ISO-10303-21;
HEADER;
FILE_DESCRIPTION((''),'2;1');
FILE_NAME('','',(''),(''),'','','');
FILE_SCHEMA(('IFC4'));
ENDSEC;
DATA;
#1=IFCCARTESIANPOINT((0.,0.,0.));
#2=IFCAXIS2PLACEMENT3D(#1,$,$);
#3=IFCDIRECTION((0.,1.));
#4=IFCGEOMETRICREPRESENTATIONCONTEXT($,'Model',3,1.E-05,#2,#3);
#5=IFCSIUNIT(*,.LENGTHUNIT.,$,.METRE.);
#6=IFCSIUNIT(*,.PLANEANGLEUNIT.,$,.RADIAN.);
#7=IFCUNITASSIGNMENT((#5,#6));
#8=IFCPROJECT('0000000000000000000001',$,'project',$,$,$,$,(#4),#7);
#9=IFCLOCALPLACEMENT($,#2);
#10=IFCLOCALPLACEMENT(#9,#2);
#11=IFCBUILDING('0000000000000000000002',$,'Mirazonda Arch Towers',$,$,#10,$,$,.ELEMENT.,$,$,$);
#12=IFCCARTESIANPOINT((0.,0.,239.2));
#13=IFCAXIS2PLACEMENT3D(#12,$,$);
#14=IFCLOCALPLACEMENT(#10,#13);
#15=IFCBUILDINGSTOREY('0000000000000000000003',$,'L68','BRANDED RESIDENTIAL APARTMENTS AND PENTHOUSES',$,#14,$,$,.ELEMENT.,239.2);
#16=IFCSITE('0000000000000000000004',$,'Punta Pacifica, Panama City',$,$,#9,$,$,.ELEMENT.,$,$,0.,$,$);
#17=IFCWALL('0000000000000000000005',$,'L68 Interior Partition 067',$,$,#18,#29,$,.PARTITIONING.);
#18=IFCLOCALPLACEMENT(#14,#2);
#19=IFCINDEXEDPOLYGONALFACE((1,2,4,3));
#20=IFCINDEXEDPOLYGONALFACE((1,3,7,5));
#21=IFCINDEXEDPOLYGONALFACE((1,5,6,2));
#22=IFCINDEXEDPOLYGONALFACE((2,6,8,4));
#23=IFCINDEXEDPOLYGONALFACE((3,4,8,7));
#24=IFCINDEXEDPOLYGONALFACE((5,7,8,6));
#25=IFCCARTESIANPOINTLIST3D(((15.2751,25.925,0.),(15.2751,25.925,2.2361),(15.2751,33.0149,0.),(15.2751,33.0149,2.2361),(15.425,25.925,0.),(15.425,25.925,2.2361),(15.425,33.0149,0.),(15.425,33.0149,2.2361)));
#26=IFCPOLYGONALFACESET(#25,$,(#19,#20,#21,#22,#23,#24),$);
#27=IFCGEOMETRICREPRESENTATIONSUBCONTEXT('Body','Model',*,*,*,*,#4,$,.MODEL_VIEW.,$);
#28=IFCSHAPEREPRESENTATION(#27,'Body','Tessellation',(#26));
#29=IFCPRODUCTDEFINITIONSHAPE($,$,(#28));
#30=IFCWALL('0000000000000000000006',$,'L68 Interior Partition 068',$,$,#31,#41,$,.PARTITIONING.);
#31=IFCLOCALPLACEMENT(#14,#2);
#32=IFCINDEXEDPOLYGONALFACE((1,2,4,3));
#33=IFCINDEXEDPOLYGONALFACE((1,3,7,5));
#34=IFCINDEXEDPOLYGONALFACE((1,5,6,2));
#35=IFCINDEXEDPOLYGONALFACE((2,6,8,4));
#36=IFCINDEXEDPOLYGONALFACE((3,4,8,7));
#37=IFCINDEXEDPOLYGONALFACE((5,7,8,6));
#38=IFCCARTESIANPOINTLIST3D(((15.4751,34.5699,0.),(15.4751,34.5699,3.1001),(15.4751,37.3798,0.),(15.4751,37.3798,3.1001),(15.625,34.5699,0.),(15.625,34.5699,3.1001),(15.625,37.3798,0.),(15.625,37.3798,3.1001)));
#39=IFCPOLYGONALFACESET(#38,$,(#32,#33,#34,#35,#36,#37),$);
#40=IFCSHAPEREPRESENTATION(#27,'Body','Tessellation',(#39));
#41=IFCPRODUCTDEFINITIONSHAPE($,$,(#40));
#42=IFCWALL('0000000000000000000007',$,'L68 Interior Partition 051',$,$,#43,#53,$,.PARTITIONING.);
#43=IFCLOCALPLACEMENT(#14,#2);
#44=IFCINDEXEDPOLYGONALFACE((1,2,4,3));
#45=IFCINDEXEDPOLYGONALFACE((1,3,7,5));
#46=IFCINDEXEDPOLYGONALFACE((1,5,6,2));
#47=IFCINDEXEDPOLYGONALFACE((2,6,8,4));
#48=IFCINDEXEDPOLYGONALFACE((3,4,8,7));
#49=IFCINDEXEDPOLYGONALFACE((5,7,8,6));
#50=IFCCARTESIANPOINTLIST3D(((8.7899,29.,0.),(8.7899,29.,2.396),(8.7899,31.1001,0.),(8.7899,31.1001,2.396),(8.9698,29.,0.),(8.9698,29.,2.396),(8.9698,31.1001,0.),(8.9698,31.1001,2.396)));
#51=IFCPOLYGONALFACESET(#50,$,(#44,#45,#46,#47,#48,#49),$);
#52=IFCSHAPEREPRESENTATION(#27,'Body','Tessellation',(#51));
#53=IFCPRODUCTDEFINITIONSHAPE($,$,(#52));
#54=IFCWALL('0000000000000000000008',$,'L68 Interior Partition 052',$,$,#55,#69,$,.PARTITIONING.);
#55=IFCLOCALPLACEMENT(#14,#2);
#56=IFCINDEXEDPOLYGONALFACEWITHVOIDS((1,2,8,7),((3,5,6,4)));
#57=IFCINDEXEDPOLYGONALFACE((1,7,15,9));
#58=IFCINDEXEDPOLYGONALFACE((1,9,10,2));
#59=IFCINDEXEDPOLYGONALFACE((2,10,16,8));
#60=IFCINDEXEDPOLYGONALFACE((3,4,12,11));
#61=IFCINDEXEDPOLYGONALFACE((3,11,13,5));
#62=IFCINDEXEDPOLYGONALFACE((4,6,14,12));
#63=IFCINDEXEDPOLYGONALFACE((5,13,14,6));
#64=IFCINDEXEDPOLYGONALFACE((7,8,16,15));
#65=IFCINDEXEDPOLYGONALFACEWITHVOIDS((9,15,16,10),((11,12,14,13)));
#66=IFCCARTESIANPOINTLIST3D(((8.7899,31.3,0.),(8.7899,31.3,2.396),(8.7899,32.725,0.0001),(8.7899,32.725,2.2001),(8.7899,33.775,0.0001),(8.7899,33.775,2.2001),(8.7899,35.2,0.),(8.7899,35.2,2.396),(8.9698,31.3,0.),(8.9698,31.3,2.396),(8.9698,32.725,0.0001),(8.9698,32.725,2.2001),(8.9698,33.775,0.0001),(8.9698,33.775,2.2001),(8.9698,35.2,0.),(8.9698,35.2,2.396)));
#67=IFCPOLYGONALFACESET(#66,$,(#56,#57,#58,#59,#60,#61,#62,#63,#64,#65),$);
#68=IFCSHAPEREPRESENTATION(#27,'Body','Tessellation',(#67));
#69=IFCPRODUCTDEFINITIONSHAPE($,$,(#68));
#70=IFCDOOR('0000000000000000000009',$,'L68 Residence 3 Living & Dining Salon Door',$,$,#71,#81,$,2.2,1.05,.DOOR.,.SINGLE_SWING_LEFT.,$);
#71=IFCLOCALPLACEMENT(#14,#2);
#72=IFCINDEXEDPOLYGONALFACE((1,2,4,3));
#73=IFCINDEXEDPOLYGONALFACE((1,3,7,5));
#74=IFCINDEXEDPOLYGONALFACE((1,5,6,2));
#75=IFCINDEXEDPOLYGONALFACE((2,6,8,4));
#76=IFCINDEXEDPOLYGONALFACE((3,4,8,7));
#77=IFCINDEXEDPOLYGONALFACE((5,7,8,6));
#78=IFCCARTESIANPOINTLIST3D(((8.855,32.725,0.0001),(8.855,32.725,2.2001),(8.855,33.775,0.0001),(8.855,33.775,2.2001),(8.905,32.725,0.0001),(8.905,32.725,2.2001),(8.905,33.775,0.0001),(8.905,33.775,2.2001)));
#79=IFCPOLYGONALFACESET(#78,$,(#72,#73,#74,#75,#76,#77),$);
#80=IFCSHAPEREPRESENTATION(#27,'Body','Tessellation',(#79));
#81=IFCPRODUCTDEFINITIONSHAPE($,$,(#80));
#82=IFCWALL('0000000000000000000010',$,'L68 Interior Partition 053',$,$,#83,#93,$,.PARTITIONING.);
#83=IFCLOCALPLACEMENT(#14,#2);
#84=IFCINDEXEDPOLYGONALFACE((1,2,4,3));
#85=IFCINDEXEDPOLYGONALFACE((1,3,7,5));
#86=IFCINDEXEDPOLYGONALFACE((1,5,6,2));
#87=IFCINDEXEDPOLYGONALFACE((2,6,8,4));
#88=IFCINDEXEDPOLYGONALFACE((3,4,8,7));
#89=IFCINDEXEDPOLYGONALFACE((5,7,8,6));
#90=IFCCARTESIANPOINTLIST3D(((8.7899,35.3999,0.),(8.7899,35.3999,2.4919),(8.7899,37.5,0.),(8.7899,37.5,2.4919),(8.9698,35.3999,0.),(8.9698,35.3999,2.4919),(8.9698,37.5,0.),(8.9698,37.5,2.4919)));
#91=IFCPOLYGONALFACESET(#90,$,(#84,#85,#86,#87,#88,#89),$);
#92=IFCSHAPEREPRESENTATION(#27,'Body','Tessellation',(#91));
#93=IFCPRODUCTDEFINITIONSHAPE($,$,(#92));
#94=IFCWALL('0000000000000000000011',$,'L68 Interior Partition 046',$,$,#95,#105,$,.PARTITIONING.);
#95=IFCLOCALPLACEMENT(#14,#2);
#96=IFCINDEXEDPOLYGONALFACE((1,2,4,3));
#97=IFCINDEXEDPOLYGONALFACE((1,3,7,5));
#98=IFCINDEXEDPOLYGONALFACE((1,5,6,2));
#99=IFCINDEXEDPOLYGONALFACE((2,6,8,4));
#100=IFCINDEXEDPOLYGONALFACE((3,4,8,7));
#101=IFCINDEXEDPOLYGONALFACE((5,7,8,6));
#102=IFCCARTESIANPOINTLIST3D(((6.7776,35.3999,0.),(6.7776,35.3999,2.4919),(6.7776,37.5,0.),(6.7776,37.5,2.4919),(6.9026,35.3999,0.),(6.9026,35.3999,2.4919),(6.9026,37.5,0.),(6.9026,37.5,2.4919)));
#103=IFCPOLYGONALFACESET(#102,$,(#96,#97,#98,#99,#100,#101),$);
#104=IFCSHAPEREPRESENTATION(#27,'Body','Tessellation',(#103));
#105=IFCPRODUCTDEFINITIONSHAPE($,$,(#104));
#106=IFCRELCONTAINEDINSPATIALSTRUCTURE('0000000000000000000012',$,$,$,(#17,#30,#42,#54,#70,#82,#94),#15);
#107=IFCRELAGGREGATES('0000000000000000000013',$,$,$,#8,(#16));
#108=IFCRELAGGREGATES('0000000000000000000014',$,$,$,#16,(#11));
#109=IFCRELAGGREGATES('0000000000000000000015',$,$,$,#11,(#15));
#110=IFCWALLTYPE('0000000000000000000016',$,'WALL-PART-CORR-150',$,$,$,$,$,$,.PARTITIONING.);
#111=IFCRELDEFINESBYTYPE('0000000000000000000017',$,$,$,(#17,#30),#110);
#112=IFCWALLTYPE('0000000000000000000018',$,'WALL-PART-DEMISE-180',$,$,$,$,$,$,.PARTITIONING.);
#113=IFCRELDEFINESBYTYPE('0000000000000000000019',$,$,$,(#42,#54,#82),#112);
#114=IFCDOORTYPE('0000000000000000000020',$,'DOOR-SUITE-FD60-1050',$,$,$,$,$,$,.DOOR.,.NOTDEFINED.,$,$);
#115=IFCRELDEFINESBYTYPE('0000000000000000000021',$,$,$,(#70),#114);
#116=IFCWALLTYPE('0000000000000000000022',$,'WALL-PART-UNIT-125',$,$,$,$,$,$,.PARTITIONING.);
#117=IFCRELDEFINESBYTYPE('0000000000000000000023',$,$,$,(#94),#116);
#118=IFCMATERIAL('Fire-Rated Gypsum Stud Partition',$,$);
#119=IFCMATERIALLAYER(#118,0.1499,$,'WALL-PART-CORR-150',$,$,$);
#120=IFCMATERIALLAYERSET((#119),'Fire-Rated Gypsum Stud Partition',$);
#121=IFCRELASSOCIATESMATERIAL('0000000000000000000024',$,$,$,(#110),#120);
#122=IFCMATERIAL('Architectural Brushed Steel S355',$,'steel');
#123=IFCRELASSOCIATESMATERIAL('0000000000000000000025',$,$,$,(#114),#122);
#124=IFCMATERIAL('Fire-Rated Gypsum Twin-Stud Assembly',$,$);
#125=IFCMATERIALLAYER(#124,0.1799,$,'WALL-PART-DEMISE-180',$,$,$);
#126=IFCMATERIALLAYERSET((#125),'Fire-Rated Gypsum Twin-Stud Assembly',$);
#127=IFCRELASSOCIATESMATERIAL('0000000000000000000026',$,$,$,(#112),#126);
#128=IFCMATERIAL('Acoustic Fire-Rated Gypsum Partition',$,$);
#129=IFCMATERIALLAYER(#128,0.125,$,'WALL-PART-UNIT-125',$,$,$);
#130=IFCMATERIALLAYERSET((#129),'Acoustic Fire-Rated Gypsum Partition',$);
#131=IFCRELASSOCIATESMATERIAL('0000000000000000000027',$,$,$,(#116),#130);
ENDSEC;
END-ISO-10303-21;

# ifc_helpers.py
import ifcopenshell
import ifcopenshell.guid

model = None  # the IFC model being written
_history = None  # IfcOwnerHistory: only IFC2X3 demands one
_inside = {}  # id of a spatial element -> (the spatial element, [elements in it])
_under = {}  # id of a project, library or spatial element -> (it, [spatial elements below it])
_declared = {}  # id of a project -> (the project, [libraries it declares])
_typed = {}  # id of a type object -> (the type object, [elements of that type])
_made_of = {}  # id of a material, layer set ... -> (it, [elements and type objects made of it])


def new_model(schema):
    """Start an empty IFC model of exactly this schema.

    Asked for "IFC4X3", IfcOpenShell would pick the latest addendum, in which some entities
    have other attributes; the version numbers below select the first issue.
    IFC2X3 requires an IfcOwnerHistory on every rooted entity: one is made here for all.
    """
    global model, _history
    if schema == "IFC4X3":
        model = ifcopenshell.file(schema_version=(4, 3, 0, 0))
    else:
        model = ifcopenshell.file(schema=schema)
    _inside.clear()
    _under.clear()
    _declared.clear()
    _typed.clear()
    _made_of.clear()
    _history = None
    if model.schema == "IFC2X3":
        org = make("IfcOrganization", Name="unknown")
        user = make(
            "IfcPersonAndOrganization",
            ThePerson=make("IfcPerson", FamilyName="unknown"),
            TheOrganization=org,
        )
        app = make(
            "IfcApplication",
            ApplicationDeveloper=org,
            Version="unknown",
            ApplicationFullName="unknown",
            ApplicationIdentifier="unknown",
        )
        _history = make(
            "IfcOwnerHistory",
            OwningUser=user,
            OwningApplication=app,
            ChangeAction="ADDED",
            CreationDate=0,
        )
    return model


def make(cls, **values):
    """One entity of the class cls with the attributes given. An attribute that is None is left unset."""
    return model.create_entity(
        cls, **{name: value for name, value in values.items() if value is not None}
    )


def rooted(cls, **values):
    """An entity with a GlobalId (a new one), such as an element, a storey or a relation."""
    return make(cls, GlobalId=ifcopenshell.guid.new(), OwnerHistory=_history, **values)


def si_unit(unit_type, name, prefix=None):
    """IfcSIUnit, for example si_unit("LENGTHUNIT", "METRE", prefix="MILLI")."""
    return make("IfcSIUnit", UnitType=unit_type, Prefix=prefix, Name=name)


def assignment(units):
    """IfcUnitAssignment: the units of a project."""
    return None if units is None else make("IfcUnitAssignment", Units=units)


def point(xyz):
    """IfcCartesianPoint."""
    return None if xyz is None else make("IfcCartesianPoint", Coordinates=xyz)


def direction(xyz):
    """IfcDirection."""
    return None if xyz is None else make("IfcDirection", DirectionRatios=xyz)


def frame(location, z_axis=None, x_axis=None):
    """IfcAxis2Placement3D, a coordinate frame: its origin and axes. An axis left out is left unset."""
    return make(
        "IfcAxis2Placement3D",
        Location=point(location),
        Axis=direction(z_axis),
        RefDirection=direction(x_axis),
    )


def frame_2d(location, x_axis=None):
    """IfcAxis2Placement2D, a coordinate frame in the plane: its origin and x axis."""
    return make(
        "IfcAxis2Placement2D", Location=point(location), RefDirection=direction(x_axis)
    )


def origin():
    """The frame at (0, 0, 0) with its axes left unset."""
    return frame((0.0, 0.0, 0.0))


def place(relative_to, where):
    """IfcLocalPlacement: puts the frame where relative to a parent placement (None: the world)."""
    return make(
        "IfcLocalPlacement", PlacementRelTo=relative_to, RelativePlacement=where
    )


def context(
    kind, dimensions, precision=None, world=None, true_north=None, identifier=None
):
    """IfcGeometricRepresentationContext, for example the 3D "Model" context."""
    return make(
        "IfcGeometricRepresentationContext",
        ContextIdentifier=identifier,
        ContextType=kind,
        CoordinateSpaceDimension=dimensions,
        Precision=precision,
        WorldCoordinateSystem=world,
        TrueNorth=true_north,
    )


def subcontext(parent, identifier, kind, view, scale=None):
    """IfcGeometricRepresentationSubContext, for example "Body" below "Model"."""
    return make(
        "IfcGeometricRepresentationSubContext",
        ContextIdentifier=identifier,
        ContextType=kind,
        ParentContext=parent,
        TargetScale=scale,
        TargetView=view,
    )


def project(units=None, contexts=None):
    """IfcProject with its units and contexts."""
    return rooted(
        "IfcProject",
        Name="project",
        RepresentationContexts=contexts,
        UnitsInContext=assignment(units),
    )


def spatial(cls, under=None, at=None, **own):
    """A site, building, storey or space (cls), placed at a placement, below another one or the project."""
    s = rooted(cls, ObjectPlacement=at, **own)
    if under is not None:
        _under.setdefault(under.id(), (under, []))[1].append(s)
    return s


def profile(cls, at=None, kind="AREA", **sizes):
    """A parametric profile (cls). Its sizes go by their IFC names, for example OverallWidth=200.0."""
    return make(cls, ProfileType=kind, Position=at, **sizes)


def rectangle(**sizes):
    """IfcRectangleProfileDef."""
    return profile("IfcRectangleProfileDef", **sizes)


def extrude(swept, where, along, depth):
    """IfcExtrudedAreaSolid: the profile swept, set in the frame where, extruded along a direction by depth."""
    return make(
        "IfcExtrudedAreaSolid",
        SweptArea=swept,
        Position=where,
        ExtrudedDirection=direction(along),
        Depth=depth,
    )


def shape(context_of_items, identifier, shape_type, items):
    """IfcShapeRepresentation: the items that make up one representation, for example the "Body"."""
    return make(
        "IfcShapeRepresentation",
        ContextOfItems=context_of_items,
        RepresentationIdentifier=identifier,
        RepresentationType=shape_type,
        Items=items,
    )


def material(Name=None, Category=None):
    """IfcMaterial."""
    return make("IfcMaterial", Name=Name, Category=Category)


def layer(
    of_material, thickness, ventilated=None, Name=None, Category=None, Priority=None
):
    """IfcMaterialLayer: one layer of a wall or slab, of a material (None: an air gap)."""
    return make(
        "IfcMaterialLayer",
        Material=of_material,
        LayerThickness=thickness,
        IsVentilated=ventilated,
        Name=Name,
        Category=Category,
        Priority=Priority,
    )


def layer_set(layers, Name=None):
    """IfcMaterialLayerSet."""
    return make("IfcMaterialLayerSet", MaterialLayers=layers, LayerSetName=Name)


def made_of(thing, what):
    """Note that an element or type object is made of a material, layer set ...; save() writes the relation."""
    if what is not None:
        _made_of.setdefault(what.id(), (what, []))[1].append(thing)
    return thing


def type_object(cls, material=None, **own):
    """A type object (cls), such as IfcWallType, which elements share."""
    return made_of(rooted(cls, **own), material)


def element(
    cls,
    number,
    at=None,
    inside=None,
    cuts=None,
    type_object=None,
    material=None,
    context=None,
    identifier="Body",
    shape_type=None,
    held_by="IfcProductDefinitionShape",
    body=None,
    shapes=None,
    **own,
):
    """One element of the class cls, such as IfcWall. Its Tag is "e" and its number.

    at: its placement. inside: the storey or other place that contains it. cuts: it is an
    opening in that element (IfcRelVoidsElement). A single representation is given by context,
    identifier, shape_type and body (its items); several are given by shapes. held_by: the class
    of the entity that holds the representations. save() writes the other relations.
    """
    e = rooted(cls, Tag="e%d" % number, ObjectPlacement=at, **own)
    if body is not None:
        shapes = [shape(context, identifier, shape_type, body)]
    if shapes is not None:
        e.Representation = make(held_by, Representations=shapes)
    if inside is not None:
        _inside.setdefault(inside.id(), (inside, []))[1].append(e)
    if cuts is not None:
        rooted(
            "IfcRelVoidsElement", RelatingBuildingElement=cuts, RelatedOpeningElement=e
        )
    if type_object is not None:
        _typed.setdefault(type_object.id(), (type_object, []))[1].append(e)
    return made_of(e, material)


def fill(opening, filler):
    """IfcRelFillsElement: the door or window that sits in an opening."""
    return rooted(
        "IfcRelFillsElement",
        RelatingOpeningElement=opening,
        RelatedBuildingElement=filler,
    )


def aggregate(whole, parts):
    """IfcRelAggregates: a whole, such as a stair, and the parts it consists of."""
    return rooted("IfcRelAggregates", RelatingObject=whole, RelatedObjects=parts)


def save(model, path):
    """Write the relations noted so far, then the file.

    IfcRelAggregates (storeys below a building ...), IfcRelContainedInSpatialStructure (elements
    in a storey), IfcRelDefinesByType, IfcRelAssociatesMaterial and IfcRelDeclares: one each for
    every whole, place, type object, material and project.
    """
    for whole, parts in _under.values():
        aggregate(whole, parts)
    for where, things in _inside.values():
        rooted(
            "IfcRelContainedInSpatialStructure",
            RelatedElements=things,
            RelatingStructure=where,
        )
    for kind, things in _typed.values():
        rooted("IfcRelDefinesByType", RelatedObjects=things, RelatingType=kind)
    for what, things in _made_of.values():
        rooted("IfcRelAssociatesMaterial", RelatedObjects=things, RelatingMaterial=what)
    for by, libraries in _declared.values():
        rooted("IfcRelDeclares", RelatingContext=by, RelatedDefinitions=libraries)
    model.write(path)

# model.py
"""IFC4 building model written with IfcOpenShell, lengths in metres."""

from ifc_helpers import new_model, si_unit, direction, frame, frame_2d, origin, place, context, subcontext, project, spatial, rectangle, extrude, material, layer, layer_set, type_object, element, fill, save


model = new_model("IFC4")

# Units and contexts
model_context = context("Model", 3, precision=1e-05, world=origin(), true_north=direction((0.0, 1.0)))
body_context = subcontext(model_context, "Body", "Model", "MODEL_VIEW")
ifc_project = project(units=[si_unit("LENGTHUNIT", "METRE"), si_unit("PLANEANGLEUNIT", "RADIAN")], contexts=[model_context])

# Site, building, storey
site_placement = place(None, origin())
site = spatial("IfcSite", under=ifc_project, at=site_placement, Name="Punta Pacifica, Panama City", CompositionType="ELEMENT", RefElevation=0.0)
building_placement = place(site_placement, origin())
building = spatial("IfcBuilding", under=site, at=building_placement, Name="Mirazonda Arch Towers", CompositionType="ELEMENT")
storey_placement = place(building_placement, frame((0.0, 0.0, 239.2)))
storey = spatial("IfcBuildingStorey", under=building, at=storey_placement, Name="L68", Description="BRANDED RESIDENTIAL APARTMENTS AND PENTHOUSES", CompositionType="ELEMENT", Elevation=239.2)

# Shared definitions
ifc_material_1 = material(Name="Architectural Brushed Steel S355", Category="steel")

# Shared definitions
ifc_material_2 = material(Name="Fire-Rated Gypsum Stud Partition")
ifc_layer_1 = layer(ifc_material_2, 0.1499, Name="WALL-PART-CORR-150")
ifc_layer_set_1 = layer_set([ifc_layer_1], Name="Fire-Rated Gypsum Stud Partition")
wall_type_1 = type_object("IfcWallType", Name="WALL-PART-CORR-150", PredefinedType="PARTITIONING", material=ifc_layer_set_1)

# Shared definitions
door_type_1 = type_object("IfcDoorType", Name="DOOR-SUITE-FD60-1050", OperationType="NOTDEFINED", PredefinedType="DOOR", material=ifc_material_1)

# Walls
wall_1_placement = place(storey_placement, frame((15.3501, 25.925, 0.0), z_axis=(0.0, 0.0, 1.0), x_axis=(0.0, 1.0, 0.0)))
element("IfcWall", 1, at=wall_1_placement, inside=storey, type_object=wall_type_1, Name="L68 Interior Partition 067", PredefinedType="PARTITIONING", context=body_context, shape_type="SweptSolid", body=[
    extrude(rectangle(XDim=7.0898, YDim=0.1499, at=frame_2d((3.5449, 0.0))), origin(), (0.0, 0.0, 1.0), 2.2361),
])
wall_2_placement = place(storey_placement, frame((15.55, 34.5701, 0.0), z_axis=(0.0, 0.0, 1.0), x_axis=(0.0, 1.0, 0.0)))
element("IfcWall", 2, at=wall_2_placement, inside=storey, type_object=wall_type_1, Name="L68 Interior Partition 068", PredefinedType="PARTITIONING", context=body_context, shape_type="SweptSolid", body=[
    extrude(rectangle(XDim=2.8098, YDim=0.1499, at=frame_2d((1.4048, 0.0))), origin(), (0.0, 0.0, 1.0), 3.1001),
])
ifc_material_3 = material(Name="Fire-Rated Gypsum Twin-Stud Assembly")
ifc_layer_2 = layer(ifc_material_3, 0.1799, Name="WALL-PART-DEMISE-180")
ifc_layer_set_2 = layer_set([ifc_layer_2], Name="Fire-Rated Gypsum Twin-Stud Assembly")
wall_type_2 = type_object("IfcWallType", Name="WALL-PART-DEMISE-180", PredefinedType="PARTITIONING", material=ifc_layer_set_2)
wall_3_placement = place(storey_placement, frame((8.8799, 29.0, 0.0), z_axis=(0.0, 0.0, 1.0), x_axis=(0.0, 1.0, 0.0)))
element("IfcWall", 3, at=wall_3_placement, inside=storey, type_object=wall_type_2, Name="L68 Interior Partition 051", PredefinedType="PARTITIONING", context=body_context, shape_type="SweptSolid", body=[
    extrude(rectangle(XDim=2.1001, YDim=0.1799, at=frame_2d((1.05, 0.0))), origin(), (0.0, 0.0, 1.0), 2.396),
])

# Wall, opening, door
wall_4_placement = place(storey_placement, frame((8.8799, 31.3, 0.0), z_axis=(0.0, 0.0, 1.0), x_axis=(0.0, 1.0, 0.0)))
wall_4 = element("IfcWall", 4, at=wall_4_placement, inside=storey, type_object=wall_type_2, Name="L68 Interior Partition 052", PredefinedType="PARTITIONING", context=body_context, shape_type="SweptSolid", body=[
    extrude(rectangle(XDim=3.8999, YDim=0.1799, at=frame_2d((1.95, 0.0))), origin(), (0.0, 0.0, 1.0), 2.396),
])
opening_1_placement = place(wall_4_placement, frame((1.425, 0.0, 0.0)))
opening_1 = element("IfcOpeningElement", 5, at=opening_1_placement, cuts=wall_4, PredefinedType="OPENING", context=body_context, shape_type="SweptSolid", body=[
    extrude(rectangle(XDim=1.05, YDim=2.2, at=frame_2d((0.5249, 1.1001))), frame((0.0, 0.0999, 0.0), z_axis=(0.0, -1.0, 0.0), x_axis=(1.0, 0.0, 0.0)), (0.0, 0.0, 1.0), 0.2),
])
door_1_placement = place(opening_1_placement, origin())
door_1 = element("IfcDoor", 6, at=door_1_placement, inside=storey, type_object=door_type_1, Name="L68 Residence 3 Living & Dining Salon Door", OperationType="SINGLE_SWING_LEFT", OverallHeight=2.2, OverallWidth=1.05, PredefinedType="DOOR", context=body_context, shape_type="SweptSolid", body=[
    extrude(rectangle(XDim=1.05, YDim=2.2, at=frame_2d((0.5249, 1.1001))), frame((0.0, 0.0249, 0.0), z_axis=(0.0, -1.0, 0.0), x_axis=(1.0, 0.0, 0.0)), (0.0, 0.0, 1.0), 0.05),
])
fill(opening_1, door_1)

# Walls
wall_5_placement = place(storey_placement, frame((8.8799, 35.3999, 0.0), z_axis=(0.0, 0.0, 1.0), x_axis=(0.0, 1.0, 0.0)))
element("IfcWall", 7, at=wall_5_placement, inside=storey, type_object=wall_type_2, Name="L68 Interior Partition 053", PredefinedType="PARTITIONING", context=body_context, shape_type="SweptSolid", body=[
    extrude(rectangle(XDim=2.1001, YDim=0.1799, at=frame_2d((1.05, 0.0))), origin(), (0.0, 0.0, 1.0), 2.4919),
])
ifc_material_4 = material(Name="Acoustic Fire-Rated Gypsum Partition")
ifc_layer_3 = layer(ifc_material_4, 0.125, Name="WALL-PART-UNIT-125")
ifc_layer_set_3 = layer_set([ifc_layer_3], Name="Acoustic Fire-Rated Gypsum Partition")
wall_type_3 = type_object("IfcWallType", Name="WALL-PART-UNIT-125", PredefinedType="PARTITIONING", material=ifc_layer_set_3)
wall_6_placement = place(storey_placement, frame((6.8401, 35.3999, 0.0), z_axis=(0.0, 0.0, 1.0), x_axis=(0.0, 1.0, 0.0)))
element("IfcWall", 8, at=wall_6_placement, inside=storey, type_object=wall_type_3, Name="L68 Interior Partition 046", PredefinedType="PARTITIONING", context=body_context, shape_type="SweptSolid", body=[
    extrude(rectangle(XDim=2.1001, YDim=0.125, at=frame_2d((1.05, 0.0))), origin(), (0.0, 0.0, 1.0), 2.4919),
])

save(model, "model.ifc")
